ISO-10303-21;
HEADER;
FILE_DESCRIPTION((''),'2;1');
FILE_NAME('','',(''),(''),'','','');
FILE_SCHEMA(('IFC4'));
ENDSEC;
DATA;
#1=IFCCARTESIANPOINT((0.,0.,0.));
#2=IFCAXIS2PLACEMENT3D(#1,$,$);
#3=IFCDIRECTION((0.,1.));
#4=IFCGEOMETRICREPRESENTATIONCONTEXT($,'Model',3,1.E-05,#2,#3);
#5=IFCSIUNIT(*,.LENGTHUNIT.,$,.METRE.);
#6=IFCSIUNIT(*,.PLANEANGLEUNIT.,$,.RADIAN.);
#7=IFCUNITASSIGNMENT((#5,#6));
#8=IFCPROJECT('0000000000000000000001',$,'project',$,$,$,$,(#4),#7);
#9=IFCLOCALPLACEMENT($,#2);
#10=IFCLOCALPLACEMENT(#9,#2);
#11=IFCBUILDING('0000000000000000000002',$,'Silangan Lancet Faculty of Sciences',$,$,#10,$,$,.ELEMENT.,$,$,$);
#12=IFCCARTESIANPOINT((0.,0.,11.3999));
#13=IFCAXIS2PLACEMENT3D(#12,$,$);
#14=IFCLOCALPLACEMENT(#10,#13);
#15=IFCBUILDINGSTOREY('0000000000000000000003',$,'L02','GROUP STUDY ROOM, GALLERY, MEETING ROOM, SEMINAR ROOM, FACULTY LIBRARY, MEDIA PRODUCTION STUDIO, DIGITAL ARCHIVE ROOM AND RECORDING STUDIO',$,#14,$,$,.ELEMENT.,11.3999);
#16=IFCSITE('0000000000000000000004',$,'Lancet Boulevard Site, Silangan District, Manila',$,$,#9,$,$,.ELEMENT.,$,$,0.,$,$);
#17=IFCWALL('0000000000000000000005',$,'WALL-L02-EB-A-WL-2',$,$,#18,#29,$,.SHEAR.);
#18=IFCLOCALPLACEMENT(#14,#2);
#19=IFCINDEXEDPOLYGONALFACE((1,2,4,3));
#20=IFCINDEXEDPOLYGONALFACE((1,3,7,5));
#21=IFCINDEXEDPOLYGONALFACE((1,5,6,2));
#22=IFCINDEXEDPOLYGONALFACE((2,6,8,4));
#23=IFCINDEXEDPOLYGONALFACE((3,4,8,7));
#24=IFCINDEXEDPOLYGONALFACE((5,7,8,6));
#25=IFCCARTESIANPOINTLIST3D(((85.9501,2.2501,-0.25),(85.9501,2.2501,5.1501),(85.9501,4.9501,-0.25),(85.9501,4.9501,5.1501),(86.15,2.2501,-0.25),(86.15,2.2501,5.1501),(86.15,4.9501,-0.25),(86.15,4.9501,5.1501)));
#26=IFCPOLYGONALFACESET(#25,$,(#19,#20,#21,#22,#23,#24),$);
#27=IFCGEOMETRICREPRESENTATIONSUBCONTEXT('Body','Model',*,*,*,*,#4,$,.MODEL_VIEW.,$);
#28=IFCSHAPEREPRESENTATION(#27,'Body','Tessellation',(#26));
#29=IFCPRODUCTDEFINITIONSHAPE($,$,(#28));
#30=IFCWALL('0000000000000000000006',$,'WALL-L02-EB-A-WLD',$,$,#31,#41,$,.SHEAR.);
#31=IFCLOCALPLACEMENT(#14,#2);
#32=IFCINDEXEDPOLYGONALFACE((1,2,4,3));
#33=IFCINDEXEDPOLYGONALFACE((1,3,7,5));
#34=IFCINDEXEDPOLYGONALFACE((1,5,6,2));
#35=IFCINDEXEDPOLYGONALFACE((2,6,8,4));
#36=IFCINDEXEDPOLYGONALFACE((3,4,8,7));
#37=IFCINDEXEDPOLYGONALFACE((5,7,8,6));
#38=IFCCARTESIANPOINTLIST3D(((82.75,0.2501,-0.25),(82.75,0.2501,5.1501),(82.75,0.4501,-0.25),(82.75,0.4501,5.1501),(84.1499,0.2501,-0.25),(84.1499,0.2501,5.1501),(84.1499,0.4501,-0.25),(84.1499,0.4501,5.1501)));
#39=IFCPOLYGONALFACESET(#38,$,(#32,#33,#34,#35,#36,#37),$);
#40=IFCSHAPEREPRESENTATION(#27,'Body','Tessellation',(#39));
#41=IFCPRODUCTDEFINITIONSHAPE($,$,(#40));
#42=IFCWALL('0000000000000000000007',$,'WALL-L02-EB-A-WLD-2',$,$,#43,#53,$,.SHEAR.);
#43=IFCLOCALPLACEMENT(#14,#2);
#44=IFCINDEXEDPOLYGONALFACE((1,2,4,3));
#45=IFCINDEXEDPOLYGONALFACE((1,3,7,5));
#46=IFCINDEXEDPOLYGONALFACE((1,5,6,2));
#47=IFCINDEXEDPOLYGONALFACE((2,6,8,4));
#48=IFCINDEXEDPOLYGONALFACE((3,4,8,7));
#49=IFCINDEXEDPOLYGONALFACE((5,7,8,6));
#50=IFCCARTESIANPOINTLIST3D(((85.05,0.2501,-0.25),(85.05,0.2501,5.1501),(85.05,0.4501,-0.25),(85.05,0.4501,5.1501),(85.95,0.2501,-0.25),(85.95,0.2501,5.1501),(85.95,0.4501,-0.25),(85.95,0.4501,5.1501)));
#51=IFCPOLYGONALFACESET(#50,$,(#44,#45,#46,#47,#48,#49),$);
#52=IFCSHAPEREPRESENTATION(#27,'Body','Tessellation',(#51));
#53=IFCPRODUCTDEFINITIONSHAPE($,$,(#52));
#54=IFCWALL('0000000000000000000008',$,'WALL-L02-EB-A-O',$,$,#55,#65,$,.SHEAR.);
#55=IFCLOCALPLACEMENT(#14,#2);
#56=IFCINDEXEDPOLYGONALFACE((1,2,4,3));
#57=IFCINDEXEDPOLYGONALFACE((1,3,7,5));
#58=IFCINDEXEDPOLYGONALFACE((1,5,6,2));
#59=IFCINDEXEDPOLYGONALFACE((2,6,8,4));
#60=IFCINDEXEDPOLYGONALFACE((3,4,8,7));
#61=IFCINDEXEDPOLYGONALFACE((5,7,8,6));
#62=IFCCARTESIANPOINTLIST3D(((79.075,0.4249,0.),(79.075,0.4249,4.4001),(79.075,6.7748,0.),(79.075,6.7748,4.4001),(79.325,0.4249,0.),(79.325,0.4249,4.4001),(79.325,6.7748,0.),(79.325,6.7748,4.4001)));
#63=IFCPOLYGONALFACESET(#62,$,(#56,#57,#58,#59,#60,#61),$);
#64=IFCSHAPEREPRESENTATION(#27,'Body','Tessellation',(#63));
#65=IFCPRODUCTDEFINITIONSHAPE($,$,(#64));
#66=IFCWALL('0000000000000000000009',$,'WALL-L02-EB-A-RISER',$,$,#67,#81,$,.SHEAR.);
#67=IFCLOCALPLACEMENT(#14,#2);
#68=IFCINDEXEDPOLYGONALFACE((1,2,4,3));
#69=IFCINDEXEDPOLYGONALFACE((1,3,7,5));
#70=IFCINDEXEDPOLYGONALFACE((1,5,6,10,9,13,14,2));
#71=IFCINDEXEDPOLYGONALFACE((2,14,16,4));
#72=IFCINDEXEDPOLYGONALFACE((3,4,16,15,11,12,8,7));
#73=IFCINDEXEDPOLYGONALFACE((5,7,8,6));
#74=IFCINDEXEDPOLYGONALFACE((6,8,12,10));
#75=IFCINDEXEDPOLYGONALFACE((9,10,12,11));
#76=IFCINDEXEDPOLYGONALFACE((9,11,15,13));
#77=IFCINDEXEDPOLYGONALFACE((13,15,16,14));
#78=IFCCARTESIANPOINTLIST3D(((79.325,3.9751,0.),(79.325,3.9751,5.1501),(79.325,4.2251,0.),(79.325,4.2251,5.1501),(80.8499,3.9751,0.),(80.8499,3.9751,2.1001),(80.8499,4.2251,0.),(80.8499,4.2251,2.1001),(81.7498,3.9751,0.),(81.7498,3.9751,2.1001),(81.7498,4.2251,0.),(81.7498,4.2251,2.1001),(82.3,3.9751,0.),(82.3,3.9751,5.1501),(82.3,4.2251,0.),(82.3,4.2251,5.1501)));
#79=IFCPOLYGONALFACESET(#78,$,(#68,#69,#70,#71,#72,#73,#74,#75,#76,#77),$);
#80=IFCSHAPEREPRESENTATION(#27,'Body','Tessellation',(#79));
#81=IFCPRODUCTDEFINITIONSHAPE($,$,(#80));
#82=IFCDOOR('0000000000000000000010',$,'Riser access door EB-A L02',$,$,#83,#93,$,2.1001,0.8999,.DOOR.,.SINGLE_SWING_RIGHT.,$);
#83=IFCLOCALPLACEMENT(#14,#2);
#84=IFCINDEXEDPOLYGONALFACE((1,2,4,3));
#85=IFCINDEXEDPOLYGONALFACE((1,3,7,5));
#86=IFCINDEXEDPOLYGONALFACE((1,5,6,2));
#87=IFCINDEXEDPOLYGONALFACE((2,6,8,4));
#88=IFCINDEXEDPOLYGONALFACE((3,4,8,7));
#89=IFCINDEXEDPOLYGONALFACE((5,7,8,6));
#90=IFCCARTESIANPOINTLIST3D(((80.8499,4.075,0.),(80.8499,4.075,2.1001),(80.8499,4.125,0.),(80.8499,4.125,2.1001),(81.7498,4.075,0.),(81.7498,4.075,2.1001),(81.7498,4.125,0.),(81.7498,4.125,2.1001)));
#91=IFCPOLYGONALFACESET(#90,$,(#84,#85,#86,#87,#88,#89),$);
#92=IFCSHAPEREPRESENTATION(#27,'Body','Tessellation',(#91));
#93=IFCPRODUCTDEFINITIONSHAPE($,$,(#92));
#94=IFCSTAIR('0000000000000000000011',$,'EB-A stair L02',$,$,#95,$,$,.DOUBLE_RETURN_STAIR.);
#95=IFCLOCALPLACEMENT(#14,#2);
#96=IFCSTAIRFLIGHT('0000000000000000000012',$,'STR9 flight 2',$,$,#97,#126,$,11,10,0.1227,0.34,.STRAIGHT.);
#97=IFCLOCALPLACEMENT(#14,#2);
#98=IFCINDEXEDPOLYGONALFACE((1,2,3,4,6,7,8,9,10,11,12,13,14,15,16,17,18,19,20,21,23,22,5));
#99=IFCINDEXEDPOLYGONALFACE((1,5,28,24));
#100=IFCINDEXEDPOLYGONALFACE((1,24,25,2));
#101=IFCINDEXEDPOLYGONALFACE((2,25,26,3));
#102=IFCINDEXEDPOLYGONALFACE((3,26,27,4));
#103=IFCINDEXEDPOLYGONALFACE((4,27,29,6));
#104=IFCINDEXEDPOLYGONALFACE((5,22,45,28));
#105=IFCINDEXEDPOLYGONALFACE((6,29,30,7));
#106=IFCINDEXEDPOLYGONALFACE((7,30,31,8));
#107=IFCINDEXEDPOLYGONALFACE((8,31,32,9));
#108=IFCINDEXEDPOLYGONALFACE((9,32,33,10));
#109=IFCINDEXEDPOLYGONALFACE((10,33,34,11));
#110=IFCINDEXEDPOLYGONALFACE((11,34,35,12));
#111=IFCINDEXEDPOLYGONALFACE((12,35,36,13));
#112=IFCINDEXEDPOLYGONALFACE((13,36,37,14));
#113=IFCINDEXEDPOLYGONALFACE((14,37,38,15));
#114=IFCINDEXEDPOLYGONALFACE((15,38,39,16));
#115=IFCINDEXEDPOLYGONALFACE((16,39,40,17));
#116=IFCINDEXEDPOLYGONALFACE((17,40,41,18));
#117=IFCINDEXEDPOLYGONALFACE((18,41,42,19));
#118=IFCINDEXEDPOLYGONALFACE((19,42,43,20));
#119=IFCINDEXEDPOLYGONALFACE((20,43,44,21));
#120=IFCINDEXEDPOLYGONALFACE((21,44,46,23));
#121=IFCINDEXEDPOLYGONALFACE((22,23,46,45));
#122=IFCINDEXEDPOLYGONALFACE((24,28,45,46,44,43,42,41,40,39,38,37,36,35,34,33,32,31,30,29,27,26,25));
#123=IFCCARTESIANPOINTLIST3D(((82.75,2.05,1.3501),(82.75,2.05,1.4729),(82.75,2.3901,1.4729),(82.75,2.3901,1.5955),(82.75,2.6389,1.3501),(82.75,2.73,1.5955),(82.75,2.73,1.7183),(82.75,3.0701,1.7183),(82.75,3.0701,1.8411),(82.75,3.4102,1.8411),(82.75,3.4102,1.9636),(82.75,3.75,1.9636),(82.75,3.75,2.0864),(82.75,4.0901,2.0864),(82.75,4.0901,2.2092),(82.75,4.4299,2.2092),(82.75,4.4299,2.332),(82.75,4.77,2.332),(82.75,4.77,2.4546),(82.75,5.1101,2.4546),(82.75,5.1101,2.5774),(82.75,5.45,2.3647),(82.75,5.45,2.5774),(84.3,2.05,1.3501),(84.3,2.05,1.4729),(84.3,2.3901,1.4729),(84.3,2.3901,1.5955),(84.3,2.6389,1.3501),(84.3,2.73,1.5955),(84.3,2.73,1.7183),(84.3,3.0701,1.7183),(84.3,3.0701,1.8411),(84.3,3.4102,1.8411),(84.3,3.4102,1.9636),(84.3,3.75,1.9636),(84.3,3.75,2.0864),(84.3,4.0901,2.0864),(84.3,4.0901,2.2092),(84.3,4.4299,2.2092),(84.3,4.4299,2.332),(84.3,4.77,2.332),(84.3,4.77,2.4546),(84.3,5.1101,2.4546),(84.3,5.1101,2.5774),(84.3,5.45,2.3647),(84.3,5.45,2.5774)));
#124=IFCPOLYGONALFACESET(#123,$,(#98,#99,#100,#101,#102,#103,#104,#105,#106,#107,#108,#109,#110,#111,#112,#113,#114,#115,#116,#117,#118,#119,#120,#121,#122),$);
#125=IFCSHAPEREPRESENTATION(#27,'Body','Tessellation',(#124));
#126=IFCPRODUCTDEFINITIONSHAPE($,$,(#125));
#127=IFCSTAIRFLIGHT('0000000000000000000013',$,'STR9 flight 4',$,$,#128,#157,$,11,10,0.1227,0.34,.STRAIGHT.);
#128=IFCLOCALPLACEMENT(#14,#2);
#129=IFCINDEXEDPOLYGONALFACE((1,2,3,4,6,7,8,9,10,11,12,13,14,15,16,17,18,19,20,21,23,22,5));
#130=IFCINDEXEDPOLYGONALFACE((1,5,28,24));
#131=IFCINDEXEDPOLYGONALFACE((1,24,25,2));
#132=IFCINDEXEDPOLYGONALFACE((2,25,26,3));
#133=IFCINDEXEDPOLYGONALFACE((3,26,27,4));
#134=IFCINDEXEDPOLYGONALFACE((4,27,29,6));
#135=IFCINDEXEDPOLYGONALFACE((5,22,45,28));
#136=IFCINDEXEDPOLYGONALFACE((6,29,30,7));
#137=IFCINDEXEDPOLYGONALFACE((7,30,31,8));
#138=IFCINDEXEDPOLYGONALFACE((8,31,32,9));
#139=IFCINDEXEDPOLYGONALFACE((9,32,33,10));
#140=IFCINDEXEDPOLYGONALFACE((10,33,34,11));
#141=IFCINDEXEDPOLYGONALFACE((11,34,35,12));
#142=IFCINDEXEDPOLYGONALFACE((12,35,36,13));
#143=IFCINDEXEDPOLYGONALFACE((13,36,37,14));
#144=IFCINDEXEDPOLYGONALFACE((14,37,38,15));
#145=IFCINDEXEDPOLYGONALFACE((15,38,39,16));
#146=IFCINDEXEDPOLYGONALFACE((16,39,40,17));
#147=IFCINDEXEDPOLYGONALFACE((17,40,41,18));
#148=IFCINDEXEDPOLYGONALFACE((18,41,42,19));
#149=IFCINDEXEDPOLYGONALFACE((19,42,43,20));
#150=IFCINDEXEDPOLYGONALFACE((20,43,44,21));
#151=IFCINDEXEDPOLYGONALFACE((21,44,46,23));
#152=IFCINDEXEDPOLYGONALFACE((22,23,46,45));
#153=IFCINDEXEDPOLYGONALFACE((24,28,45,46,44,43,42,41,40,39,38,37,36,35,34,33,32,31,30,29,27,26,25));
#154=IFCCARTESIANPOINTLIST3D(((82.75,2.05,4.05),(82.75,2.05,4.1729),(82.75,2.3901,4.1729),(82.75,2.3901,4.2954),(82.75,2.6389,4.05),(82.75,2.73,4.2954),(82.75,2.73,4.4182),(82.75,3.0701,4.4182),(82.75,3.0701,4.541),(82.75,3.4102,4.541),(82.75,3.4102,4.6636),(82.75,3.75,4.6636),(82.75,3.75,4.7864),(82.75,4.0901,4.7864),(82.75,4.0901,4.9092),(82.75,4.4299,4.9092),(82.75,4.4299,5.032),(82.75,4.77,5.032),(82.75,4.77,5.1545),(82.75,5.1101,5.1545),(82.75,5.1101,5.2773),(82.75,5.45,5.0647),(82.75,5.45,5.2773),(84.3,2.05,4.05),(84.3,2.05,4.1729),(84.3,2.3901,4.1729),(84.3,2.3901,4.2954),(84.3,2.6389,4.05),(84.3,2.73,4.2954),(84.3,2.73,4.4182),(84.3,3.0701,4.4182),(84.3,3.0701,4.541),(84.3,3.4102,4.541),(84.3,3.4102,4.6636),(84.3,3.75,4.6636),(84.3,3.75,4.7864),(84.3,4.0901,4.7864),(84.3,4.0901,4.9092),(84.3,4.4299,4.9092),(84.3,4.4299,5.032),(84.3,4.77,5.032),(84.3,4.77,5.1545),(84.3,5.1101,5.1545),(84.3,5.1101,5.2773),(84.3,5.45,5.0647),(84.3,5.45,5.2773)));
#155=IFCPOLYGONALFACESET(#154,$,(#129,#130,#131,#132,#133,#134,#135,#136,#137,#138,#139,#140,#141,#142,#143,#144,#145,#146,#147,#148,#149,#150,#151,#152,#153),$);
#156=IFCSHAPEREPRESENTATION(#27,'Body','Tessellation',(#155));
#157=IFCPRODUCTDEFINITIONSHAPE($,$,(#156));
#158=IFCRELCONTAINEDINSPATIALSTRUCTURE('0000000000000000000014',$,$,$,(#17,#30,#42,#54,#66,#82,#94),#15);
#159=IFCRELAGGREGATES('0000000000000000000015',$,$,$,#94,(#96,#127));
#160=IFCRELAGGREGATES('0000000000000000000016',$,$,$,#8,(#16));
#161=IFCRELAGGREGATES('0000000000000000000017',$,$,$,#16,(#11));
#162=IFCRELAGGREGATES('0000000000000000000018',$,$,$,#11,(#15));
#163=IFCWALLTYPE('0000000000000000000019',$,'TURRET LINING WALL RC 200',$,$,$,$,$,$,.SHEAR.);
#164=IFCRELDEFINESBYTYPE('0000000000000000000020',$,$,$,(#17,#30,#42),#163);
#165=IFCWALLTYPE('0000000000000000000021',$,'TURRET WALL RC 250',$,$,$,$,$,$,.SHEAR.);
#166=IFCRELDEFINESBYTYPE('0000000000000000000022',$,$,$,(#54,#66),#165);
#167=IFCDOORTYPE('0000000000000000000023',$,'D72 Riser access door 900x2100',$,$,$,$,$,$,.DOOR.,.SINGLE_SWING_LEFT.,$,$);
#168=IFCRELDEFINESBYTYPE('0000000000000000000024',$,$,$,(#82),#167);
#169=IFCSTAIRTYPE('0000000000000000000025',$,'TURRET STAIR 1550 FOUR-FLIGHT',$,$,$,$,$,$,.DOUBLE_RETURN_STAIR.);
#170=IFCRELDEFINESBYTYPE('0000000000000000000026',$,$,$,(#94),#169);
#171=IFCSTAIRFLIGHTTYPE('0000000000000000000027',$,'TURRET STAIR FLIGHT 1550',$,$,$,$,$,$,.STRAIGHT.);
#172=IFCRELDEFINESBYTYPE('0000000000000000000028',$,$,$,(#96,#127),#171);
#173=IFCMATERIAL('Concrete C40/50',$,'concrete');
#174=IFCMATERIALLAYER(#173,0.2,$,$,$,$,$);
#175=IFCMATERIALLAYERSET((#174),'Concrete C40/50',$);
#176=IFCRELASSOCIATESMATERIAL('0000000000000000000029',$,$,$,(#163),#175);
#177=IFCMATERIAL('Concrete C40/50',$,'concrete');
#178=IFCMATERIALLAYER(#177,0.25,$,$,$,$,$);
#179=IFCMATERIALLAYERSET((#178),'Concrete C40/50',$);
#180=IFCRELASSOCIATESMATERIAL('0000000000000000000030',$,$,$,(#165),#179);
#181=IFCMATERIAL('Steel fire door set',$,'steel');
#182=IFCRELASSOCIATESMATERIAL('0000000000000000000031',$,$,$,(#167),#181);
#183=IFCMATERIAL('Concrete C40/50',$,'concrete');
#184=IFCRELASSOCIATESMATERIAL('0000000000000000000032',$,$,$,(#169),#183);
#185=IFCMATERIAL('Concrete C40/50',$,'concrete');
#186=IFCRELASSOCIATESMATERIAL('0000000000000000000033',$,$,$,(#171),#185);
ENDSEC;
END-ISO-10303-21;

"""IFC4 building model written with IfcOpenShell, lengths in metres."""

from ifc_helpers import new_model, si_unit, direction, frame, frame_2d, origin, place, context, subcontext, project, spatial, polyline, rectangle, outline, extrude, material, layer, layer_set, type_object, element, fill, aggregate, save


model = new_model("IFC4")

# Units and contexts
model_context = context("Model", 3, precision=1e-05, world=origin(), true_north=direction((0.0, 1.0)))
body_context = subcontext(model_context, "Body", "Model", "MODEL_VIEW")
ifc_project = project(units=[si_unit("LENGTHUNIT", "METRE"), si_unit("PLANEANGLEUNIT", "RADIAN")], contexts=[model_context])

# Site, building, storey
site_placement = place(None, origin())
site = spatial("IfcSite", under=ifc_project, at=site_placement, Name="Lancet Boulevard Site, Silangan District, Manila", CompositionType="ELEMENT", RefElevation=0.0)
building_placement = place(site_placement, origin())
building = spatial("IfcBuilding", under=site, at=building_placement, Name="Silangan Lancet Faculty of Sciences", CompositionType="ELEMENT")
storey_placement = place(building_placement, frame((0.0, 0.0, 11.3999)))
storey = spatial("IfcBuildingStorey", under=building, at=storey_placement, Name="L02", Description="GROUP STUDY ROOM, GALLERY, MEETING ROOM, SEMINAR ROOM, FACULTY LIBRARY, MEDIA PRODUCTION STUDIO, DIGITAL ARCHIVE ROOM AND RECORDING STUDIO", CompositionType="ELEMENT", Elevation=11.3999)

# Walls
ifc_material_1 = material(Name="Concrete C40/50", Category="concrete")
ifc_layer_1 = layer(ifc_material_1, 0.2)
ifc_layer_set_1 = layer_set([ifc_layer_1], Name="Concrete C40/50")
wall_type_1 = type_object("IfcWallType", Name="TURRET LINING WALL RC 200", PredefinedType="SHEAR", material=ifc_layer_set_1)
wall_1_placement = place(storey_placement, frame((86.05, 2.25, -0.25), z_axis=(0.0, 0.0, 1.0), x_axis=(0.0, 1.0, 0.0)))
element("IfcWall", 1, at=wall_1_placement, inside=storey, type_object=wall_type_1, Name="WALL-L02-EB-A-WL-2", PredefinedType="SHEAR", context=body_context, shape_type="SweptSolid", body=[
    extrude(rectangle(XDim=2.7, YDim=0.2, at=frame_2d((1.3501, 0.0))), origin(), (0.0, 0.0, 1.0), 5.4001),
])
wall_2_placement = place(storey_placement, frame((82.75, 0.3501, -0.25), z_axis=(0.0, 0.0, 1.0), x_axis=(1.0, 0.0, 0.0)))
element("IfcWall", 2, at=wall_2_placement, inside=storey, type_object=wall_type_1, Name="WALL-L02-EB-A-WLD", PredefinedType="SHEAR", context=body_context, shape_type="SweptSolid", body=[
    extrude(rectangle(XDim=1.3999, YDim=0.2, at=frame_2d((0.7, 0.0))), origin(), (0.0, 0.0, 1.0), 5.4001),
])
wall_3_placement = place(storey_placement, frame((85.05, 0.3501, -0.25), z_axis=(0.0, 0.0, 1.0), x_axis=(1.0, 0.0, 0.0)))
element("IfcWall", 3, at=wall_3_placement, inside=storey, type_object=wall_type_1, Name="WALL-L02-EB-A-WLD-2", PredefinedType="SHEAR", context=body_context, shape_type="SweptSolid", body=[
    extrude(rectangle(XDim=0.8999, YDim=0.2, at=frame_2d((0.45, 0.0))), origin(), (0.0, 0.0, 1.0), 5.4001),
])
ifc_material_2 = material(Name="Concrete C40/50", Category="concrete")
ifc_layer_2 = layer(ifc_material_2, 0.25)
ifc_layer_set_2 = layer_set([ifc_layer_2], Name="Concrete C40/50")
wall_type_2 = type_object("IfcWallType", Name="TURRET WALL RC 250", PredefinedType="SHEAR", material=ifc_layer_set_2)
wall_4_placement = place(storey_placement, frame((79.2, 0.425, 0.0), z_axis=(0.0, 0.0, 1.0), x_axis=(0.0, 1.0, 0.0)))
element("IfcWall", 4, at=wall_4_placement, inside=storey, type_object=wall_type_2, Name="WALL-L02-EB-A-O", PredefinedType="SHEAR", context=body_context, shape_type="SweptSolid", body=[
    extrude(rectangle(XDim=6.3499, YDim=0.25, at=frame_2d((3.1748, 0.0))), origin(), (0.0, 0.0, 1.0), 4.4001),
])

# Wall, opening, door
wall_5_placement = place(storey_placement, frame((79.325, 4.1001, 0.0), z_axis=(0.0, 0.0, 1.0), x_axis=(1.0, 0.0, 0.0)))
wall_5 = element("IfcWall", 5, at=wall_5_placement, inside=storey, type_object=wall_type_2, Name="WALL-L02-EB-A-RISER", PredefinedType="SHEAR", context=body_context, shape_type="SweptSolid", body=[
    extrude(rectangle(XDim=2.9751, YDim=0.25, at=frame_2d((1.4875, 0.0))), origin(), (0.0, 0.0, 1.0), 5.1501),
])
opening_1_placement = place(wall_5_placement, frame((1.5249, 0.0, 0.0)))
opening_1 = element("IfcOpeningElement", 6, at=opening_1_placement, cuts=wall_5, PredefinedType="OPENING", context=body_context, shape_type="SweptSolid", body=[
    extrude(rectangle(XDim=0.8999, YDim=2.1001, at=frame_2d((0.45, 1.05))), frame((0.0, 0.135, 0.0), z_axis=(0.0, -1.0, 0.0), x_axis=(1.0, 0.0, 0.0)), (0.0, 0.0, 1.0), 0.27),
])
ifc_material_3 = material(Name="Steel fire door set", Category="steel")
door_type_1 = type_object("IfcDoorType", Name="D72 Riser access door 900x2100", OperationType="SINGLE_SWING_LEFT", PredefinedType="DOOR", material=ifc_material_3)
door_1_placement = place(opening_1_placement, frame((0.8999, 0.0, 0.0), z_axis=(0.0, 0.0, 1.0), x_axis=(-1.0, 0.0, 0.0)))
door_1 = element("IfcDoor", 7, at=door_1_placement, inside=storey, type_object=door_type_1, Name="Riser access door EB-A L02", OperationType="SINGLE_SWING_RIGHT", OverallHeight=2.1001, OverallWidth=0.8999, PredefinedType="DOOR", context=body_context, shape_type="SweptSolid", body=[
    extrude(rectangle(XDim=0.8999, YDim=2.1001, at=frame_2d((0.45, 1.05))), frame((0.0, 0.0251, 0.0), z_axis=(0.0, -1.0, 0.0), x_axis=(1.0, 0.0, 0.0)), (0.0, 0.0, 1.0), 0.05),
])
fill(opening_1, door_1)

# Stair, stair flights
ifc_material_4 = material(Name="Concrete C40/50", Category="concrete")
stair_type = type_object("IfcStairType", Name="TURRET STAIR 1550 FOUR-FLIGHT", PredefinedType="DOUBLE_RETURN_STAIR", material=ifc_material_4)
stair_placement = place(storey_placement, origin())
stair = element("IfcStair", 8, at=stair_placement, inside=storey, type_object=stair_type, Name="EB-A stair L02", PredefinedType="DOUBLE_RETURN_STAIR")
ifc_material_5 = material(Name="Concrete C40/50", Category="concrete")
stair_flight_type = type_object("IfcStairFlightType", Name="TURRET STAIR FLIGHT 1550", PredefinedType="STRAIGHT", material=ifc_material_5)
stair_flight_1_placement = place(storey_placement, frame((83.5249, 2.05, 1.3501), z_axis=(0.0, 0.0, 1.0), x_axis=(0.0, 1.0, 0.0)))
stair_flight_1 = element("IfcStairFlight", 9, at=stair_flight_1_placement, type_object=stair_flight_type, Name="STR9 flight 2", NumberOfRisers=11, NumberOfTreads=10, PredefinedType="STRAIGHT", RiserHeight=0.1227, TreadLength=0.34, context=body_context, shape_type="SweptSolid", body=[
    extrude(outline(polyline([(0.0, 0.0), (0.0, 0.1228), (0.3401, 0.1228), (0.3401, 0.2454), (0.6799, 0.2454), (0.6799, 0.3682), (1.02, 0.3682), (1.02, 0.491), (1.3601, 0.491), (1.3601, 0.6135), (1.7, 0.6135), (1.7, 0.7363), (2.04, 0.7363), (2.04, 0.8591), (2.3799, 0.8591), (2.3799, 0.9819), (2.72, 0.9819), (2.72, 1.1045), (3.0601, 1.1045), (3.0601, 1.2273), (3.3999, 1.2273), (3.3999, 1.3501), (3.3999, 1.0146), (0.5889, 0.0), (0.0, 0.0)])), frame((0.0, 0.7749, 0.0), z_axis=(0.0, -1.0, 0.0), x_axis=(1.0, 0.0, 0.0)), (0.0, 0.0, 1.0), 1.55),
])
stair_flight_2_placement = place(storey_placement, frame((83.5249, 2.05, 4.05), z_axis=(0.0, 0.0, 1.0), x_axis=(0.0, 1.0, 0.0)))
stair_flight_2 = element("IfcStairFlight", 10, at=stair_flight_2_placement, type_object=stair_flight_type, Name="STR9 flight 4", NumberOfRisers=11, NumberOfTreads=10, PredefinedType="STRAIGHT", RiserHeight=0.1227, TreadLength=0.34, context=body_context, shape_type="SweptSolid", body=[
    extrude(outline(polyline([(0.0, 0.0), (0.0, 0.1228), (0.3401, 0.1228), (0.3401, 0.2454), (0.6799, 0.2454), (0.6799, 0.3682), (1.02, 0.3682), (1.02, 0.491), (1.3601, 0.491), (1.3601, 0.6135), (1.7, 0.6135), (1.7, 0.7363), (2.04, 0.7363), (2.04, 0.8591), (2.3799, 0.8591), (2.3799, 0.9819), (2.72, 0.9819), (2.72, 1.1045), (3.0601, 1.1045), (3.0601, 1.2273), (3.3999, 1.2273), (3.3999, 1.3501), (3.3999, 1.0146), (0.5889, 0.0), (0.0, 0.0)])), frame((0.0, 0.7749, 0.0), z_axis=(0.0, -1.0, 0.0), x_axis=(1.0, 0.0, 0.0)), (0.0, 0.0, 1.0), 1.55),
])
aggregate(stair, [stair_flight_1, stair_flight_2])

save(model, "model.ifc")
